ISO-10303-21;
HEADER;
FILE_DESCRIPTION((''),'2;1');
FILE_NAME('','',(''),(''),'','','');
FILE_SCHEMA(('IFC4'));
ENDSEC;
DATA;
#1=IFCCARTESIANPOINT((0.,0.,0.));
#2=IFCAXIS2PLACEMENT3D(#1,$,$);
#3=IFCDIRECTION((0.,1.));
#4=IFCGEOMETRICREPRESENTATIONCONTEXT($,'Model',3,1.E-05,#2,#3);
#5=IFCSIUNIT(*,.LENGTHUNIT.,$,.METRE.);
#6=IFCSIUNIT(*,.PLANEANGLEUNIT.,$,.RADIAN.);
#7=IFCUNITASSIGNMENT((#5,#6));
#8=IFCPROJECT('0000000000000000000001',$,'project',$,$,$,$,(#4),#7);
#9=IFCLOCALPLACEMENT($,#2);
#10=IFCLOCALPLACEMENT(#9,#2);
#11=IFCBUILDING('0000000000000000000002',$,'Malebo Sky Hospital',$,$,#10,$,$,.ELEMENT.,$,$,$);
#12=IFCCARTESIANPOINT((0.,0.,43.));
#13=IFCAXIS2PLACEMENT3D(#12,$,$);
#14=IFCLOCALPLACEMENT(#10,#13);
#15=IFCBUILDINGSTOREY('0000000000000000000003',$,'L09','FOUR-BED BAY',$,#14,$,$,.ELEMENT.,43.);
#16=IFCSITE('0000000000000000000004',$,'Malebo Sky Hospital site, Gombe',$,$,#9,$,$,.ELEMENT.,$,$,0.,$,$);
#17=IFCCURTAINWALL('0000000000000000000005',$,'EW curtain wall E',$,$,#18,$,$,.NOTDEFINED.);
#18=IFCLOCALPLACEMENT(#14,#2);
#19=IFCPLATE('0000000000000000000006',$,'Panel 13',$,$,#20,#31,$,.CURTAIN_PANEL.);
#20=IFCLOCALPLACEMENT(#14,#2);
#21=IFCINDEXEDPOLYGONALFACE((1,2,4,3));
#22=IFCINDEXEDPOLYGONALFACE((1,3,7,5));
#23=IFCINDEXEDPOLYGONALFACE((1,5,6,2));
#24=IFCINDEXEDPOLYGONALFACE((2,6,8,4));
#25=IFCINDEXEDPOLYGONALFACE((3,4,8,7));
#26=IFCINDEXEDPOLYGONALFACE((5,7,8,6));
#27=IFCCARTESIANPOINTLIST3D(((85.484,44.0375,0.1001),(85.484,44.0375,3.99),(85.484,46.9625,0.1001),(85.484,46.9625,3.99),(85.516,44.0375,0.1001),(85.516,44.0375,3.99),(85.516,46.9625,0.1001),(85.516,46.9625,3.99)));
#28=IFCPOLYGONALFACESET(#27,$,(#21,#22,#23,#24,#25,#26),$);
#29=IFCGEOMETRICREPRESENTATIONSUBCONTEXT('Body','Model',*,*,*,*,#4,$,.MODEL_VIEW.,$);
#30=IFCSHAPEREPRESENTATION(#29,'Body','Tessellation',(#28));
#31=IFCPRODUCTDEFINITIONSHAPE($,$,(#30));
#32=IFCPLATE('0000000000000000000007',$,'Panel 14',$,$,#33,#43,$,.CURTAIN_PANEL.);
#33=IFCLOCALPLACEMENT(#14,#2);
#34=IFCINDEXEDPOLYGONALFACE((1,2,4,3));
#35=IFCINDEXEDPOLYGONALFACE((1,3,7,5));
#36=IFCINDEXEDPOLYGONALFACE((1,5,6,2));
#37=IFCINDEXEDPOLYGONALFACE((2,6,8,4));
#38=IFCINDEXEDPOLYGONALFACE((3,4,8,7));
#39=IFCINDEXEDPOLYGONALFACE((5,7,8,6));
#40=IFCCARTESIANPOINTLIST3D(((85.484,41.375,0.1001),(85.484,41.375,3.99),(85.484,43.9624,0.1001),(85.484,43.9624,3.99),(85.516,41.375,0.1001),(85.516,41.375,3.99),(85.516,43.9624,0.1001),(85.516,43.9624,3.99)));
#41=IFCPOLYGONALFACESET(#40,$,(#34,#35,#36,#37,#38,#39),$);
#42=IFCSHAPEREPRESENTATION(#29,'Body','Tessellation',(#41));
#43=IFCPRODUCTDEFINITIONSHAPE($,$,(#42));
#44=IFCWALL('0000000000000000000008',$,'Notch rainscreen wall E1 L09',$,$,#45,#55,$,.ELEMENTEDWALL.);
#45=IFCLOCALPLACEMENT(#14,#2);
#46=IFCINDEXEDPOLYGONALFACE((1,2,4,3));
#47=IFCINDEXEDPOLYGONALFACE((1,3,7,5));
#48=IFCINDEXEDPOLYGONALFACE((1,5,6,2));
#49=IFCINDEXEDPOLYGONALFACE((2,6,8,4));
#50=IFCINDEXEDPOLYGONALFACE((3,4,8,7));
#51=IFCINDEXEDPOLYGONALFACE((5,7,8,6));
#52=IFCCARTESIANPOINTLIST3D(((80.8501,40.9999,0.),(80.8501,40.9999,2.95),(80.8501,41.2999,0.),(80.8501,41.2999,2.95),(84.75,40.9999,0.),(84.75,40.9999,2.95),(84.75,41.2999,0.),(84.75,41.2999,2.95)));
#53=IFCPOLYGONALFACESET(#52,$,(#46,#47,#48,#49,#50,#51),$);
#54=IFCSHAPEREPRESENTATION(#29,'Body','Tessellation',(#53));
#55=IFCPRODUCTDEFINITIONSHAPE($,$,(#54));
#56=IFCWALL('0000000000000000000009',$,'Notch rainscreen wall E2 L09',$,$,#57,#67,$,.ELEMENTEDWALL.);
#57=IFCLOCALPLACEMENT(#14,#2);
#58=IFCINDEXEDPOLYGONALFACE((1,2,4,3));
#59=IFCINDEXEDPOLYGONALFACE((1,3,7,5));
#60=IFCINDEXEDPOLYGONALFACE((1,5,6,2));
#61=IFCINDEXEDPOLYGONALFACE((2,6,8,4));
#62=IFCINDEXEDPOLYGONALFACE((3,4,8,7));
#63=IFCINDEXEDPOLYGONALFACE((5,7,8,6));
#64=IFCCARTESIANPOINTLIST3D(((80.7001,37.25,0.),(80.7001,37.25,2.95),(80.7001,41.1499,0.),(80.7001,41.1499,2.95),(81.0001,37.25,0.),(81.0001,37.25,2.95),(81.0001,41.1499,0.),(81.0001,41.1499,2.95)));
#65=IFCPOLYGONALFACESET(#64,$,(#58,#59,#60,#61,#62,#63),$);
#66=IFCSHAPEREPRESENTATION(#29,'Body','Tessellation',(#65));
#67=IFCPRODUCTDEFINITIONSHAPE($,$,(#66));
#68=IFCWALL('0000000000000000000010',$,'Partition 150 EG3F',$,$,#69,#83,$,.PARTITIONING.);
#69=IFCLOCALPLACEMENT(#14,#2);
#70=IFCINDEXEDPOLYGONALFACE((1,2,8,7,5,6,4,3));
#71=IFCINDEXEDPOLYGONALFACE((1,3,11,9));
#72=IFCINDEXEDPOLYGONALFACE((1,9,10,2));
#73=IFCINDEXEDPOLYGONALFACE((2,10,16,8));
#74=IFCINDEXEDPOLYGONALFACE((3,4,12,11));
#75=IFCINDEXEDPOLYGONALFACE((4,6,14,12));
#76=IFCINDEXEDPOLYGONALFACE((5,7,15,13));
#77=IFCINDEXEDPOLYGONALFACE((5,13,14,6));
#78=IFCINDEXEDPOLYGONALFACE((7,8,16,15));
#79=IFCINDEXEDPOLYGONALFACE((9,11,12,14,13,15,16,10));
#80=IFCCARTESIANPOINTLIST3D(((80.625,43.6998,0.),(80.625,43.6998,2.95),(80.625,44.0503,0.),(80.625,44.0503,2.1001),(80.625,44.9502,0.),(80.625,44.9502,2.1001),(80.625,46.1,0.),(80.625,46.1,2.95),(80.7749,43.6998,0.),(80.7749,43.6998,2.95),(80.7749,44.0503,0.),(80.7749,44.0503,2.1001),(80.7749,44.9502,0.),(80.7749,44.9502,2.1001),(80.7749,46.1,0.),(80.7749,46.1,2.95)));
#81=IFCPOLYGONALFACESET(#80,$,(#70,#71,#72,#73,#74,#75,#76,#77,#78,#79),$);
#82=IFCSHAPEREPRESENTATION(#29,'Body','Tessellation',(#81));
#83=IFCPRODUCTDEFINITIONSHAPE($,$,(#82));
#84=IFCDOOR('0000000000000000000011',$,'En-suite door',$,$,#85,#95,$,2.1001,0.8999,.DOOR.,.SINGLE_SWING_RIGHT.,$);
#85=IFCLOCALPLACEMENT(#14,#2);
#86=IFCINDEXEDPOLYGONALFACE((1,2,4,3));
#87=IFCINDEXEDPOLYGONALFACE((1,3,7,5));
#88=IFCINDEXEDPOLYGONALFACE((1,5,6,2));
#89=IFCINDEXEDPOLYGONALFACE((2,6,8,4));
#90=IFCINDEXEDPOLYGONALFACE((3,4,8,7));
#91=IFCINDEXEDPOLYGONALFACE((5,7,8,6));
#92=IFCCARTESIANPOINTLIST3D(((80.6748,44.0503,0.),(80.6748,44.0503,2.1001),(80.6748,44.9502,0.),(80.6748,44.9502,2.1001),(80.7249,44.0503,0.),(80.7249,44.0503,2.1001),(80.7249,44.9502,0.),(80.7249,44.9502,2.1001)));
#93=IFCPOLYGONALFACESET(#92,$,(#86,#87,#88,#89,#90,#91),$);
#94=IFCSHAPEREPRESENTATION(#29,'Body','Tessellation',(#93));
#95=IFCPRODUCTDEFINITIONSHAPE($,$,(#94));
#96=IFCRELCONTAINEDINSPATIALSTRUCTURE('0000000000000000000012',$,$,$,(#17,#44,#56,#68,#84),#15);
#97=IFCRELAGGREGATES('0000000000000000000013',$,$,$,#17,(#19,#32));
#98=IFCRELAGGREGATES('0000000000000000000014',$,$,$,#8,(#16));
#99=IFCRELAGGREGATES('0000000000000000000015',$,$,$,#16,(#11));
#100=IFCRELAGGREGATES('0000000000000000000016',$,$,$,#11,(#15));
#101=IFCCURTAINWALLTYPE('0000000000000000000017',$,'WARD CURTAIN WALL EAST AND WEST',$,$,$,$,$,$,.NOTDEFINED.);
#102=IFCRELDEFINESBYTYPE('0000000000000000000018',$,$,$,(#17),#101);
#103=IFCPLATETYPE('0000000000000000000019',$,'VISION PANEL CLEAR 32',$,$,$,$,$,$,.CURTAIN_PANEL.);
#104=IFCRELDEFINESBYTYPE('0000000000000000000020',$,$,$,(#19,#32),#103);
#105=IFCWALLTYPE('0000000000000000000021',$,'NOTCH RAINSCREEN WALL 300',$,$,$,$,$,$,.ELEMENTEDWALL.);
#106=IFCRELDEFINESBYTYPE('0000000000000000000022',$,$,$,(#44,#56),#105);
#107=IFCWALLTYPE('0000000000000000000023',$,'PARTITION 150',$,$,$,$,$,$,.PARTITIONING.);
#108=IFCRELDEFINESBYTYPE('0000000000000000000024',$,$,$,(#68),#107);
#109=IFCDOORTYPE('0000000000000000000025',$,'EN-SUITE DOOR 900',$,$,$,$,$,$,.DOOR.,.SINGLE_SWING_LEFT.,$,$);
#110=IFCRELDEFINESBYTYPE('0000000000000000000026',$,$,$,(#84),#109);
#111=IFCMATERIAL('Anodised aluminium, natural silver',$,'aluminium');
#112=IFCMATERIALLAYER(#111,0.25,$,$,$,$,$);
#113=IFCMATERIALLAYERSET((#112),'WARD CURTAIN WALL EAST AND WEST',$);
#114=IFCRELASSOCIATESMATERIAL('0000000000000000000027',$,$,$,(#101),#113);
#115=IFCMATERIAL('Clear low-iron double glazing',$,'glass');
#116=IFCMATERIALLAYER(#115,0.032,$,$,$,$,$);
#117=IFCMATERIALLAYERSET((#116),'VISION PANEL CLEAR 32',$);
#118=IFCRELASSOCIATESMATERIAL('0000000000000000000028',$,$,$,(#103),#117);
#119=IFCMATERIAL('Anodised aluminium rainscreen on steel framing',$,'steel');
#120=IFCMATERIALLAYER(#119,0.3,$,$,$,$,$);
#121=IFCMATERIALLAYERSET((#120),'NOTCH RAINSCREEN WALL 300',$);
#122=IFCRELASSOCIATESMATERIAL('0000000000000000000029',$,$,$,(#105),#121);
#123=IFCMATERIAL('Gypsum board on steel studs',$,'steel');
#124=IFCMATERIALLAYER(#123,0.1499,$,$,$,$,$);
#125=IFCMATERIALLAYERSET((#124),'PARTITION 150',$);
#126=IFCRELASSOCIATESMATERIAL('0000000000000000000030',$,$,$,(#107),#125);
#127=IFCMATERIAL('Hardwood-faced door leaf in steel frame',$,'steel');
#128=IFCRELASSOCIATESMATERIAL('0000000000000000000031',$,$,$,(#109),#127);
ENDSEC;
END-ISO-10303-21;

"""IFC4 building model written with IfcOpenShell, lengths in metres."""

from ifc_helpers import new_model, si_unit, direction, frame, frame_2d, origin, origin_2d, place, context, subcontext, project, spatial, rectangle, extrude, material, layer, layer_set, type_object, element, fill, aggregate, save


model = new_model("IFC4")

# Units and contexts
model_context = context("Model", 3, precision=1e-05, world=origin(), true_north=direction((0.0, 1.0)))
body_context = subcontext(model_context, "Body", "Model", "MODEL_VIEW")
ifc_project = project(units=[si_unit("LENGTHUNIT", "METRE"), si_unit("PLANEANGLEUNIT", "RADIAN")], contexts=[model_context])

# Site, building, storey
site_placement = place(None, origin())
site = spatial("IfcSite", under=ifc_project, at=site_placement, Name="Malebo Sky Hospital site, Gombe", CompositionType="ELEMENT", RefElevation=0.0)
building_placement = place(site_placement, origin())
building = spatial("IfcBuilding", under=site, at=building_placement, Name="Malebo Sky Hospital", CompositionType="ELEMENT")
storey_placement = place(building_placement, frame((0.0, 0.0, 43.0)))
storey = spatial("IfcBuildingStorey", under=building, at=storey_placement, Name="L09", Description="FOUR-BED BAY", CompositionType="ELEMENT", Elevation=43.0)

# Curtain wall
ifc_material_1 = material(Name="Anodised aluminium, natural silver", Category="aluminium")
ifc_layer_1 = layer(ifc_material_1, 0.25)
ifc_layer_set_1 = layer_set([ifc_layer_1], Name="WARD CURTAIN WALL EAST AND WEST")
curtain_wall_type = type_object("IfcCurtainWallType", Name="WARD CURTAIN WALL EAST AND WEST", PredefinedType="NOTDEFINED", material=ifc_layer_set_1)
curtain_wall_placement = place(storey_placement, origin())
curtain_wall = element("IfcCurtainWall", 1, at=curtain_wall_placement, inside=storey, type_object=curtain_wall_type, Name="EW curtain wall E", PredefinedType="NOTDEFINED")

# Plates
ifc_material_2 = material(Name="Clear low-iron double glazing", Category="glass")
ifc_layer_2 = layer(ifc_material_2, 0.032)
ifc_layer_set_2 = layer_set([ifc_layer_2], Name="VISION PANEL CLEAR 32")
plate_type = type_object("IfcPlateType", Name="VISION PANEL CLEAR 32", PredefinedType="CURTAIN_PANEL", material=ifc_layer_set_2)
plate_1_placement = place(storey_placement, frame((85.5, 45.5, 0.1001), z_axis=(0.0, 0.0, 1.0), x_axis=(0.0, -1.0, 0.0)))
plate_1 = element("IfcPlate", 2, at=plate_1_placement, type_object=plate_type, Name="Panel 13", PredefinedType="CURTAIN_PANEL", context=body_context, shape_type="SweptSolid", body=[
    extrude(rectangle(XDim=2.925, YDim=0.032, at=origin_2d()), origin(), (0.0, 0.0, 1.0), 3.8899),
])
plate_2_placement = place(storey_placement, frame((85.5, 42.6687, 0.1001), z_axis=(0.0, 0.0, 1.0), x_axis=(0.0, -1.0, 0.0)))
plate_2 = element("IfcPlate", 3, at=plate_2_placement, type_object=plate_type, Name="Panel 14", PredefinedType="CURTAIN_PANEL", context=body_context, shape_type="SweptSolid", body=[
    extrude(rectangle(XDim=2.5874, YDim=0.032, at=origin_2d()), origin(), (0.0, 0.0, 1.0), 3.8899),
])
aggregate(curtain_wall, [plate_1, plate_2])

# Walls
ifc_material_3 = material(Name="Anodised aluminium rainscreen on steel framing", Category="steel")
ifc_layer_3 = layer(ifc_material_3, 0.3)
ifc_layer_set_3 = layer_set([ifc_layer_3], Name="NOTCH RAINSCREEN WALL 300")
wall_type_1 = type_object("IfcWallType", Name="NOTCH RAINSCREEN WALL 300", PredefinedType="ELEMENTEDWALL", material=ifc_layer_set_3)
for number, where, z_axis, x_axis, name in (
    (4, (84.75, 41.1499, 0.0), (0.0, 0.0, 1.0), (-1.0, 0.0, 0.0), "Notch rainscreen wall E1 L09"),
    (5, (80.8501, 41.1499, 0.0), (0.0, 0.0, 1.0), (0.0, -1.0, 0.0), "Notch rainscreen wall E2 L09"),
):
    element("IfcWall", number, at=place(storey_placement, frame(where, z_axis=z_axis, x_axis=x_axis)), inside=storey, type_object=wall_type_1, Name=name, PredefinedType="ELEMENTEDWALL", context=body_context, shape_type="SweptSolid", body=[
        extrude(rectangle(XDim=3.8999, YDim=0.3, at=frame_2d((1.95, 0.0))), origin(), (0.0, 0.0, 1.0), 2.95),
    ])

# Wall, opening, door
ifc_material_4 = material(Name="Gypsum board on steel studs", Category="steel")
ifc_layer_4 = layer(ifc_material_4, 0.1499)
ifc_layer_set_4 = layer_set([ifc_layer_4], Name="PARTITION 150")
wall_type_2 = type_object("IfcWallType", Name="PARTITION 150", PredefinedType="PARTITIONING", material=ifc_layer_set_4)
wall_placement = place(storey_placement, frame((80.7, 46.1001, 0.0), z_axis=(0.0, 0.0, 1.0), x_axis=(0.0, -1.0, 0.0)))
wall = element("IfcWall", 6, at=wall_placement, inside=storey, type_object=wall_type_2, Name="Partition 150 EG3F", PredefinedType="PARTITIONING", context=body_context, shape_type="SweptSolid", body=[
    extrude(rectangle(XDim=2.4001, YDim=0.1499, at=frame_2d((1.2002, 0.0))), origin(), (0.0, 0.0, 1.0), 2.95),
])
opening_placement = place(wall_placement, frame((1.1499, 0.0, 0.0)))
opening = element("IfcOpeningElement", 7, at=opening_placement, cuts=wall, PredefinedType="OPENING", context=body_context, shape_type="SweptSolid", body=[
    extrude(rectangle(XDim=0.8999, YDim=2.1001, at=frame_2d((0.45, 1.05))), frame((0.0, 0.085, 0.0), z_axis=(0.0, -1.0, 0.0), x_axis=(1.0, 0.0, 0.0)), (0.0, 0.0, 1.0), 0.1699),
])
ifc_material_5 = material(Name="Hardwood-faced door leaf in steel frame", Category="steel")
door_type = type_object("IfcDoorType", Name="EN-SUITE DOOR 900", OperationType="SINGLE_SWING_LEFT", PredefinedType="DOOR", material=ifc_material_5)
door_placement = place(opening_placement, origin())
door = element("IfcDoor", 8, at=door_placement, inside=storey, type_object=door_type, Name="En-suite door", OperationType="SINGLE_SWING_RIGHT", OverallHeight=2.1001, OverallWidth=0.8999, PredefinedType="DOOR", context=body_context, shape_type="SweptSolid", body=[
    extrude(rectangle(XDim=0.8999, YDim=2.1001, at=frame_2d((0.45, 1.05))), frame((0.0, 0.0249, 0.0), z_axis=(0.0, -1.0, 0.0), x_axis=(1.0, 0.0, 0.0)), (0.0, 0.0, 1.0), 0.05),
])
fill(opening, door)

save(model, "model.ifc")
